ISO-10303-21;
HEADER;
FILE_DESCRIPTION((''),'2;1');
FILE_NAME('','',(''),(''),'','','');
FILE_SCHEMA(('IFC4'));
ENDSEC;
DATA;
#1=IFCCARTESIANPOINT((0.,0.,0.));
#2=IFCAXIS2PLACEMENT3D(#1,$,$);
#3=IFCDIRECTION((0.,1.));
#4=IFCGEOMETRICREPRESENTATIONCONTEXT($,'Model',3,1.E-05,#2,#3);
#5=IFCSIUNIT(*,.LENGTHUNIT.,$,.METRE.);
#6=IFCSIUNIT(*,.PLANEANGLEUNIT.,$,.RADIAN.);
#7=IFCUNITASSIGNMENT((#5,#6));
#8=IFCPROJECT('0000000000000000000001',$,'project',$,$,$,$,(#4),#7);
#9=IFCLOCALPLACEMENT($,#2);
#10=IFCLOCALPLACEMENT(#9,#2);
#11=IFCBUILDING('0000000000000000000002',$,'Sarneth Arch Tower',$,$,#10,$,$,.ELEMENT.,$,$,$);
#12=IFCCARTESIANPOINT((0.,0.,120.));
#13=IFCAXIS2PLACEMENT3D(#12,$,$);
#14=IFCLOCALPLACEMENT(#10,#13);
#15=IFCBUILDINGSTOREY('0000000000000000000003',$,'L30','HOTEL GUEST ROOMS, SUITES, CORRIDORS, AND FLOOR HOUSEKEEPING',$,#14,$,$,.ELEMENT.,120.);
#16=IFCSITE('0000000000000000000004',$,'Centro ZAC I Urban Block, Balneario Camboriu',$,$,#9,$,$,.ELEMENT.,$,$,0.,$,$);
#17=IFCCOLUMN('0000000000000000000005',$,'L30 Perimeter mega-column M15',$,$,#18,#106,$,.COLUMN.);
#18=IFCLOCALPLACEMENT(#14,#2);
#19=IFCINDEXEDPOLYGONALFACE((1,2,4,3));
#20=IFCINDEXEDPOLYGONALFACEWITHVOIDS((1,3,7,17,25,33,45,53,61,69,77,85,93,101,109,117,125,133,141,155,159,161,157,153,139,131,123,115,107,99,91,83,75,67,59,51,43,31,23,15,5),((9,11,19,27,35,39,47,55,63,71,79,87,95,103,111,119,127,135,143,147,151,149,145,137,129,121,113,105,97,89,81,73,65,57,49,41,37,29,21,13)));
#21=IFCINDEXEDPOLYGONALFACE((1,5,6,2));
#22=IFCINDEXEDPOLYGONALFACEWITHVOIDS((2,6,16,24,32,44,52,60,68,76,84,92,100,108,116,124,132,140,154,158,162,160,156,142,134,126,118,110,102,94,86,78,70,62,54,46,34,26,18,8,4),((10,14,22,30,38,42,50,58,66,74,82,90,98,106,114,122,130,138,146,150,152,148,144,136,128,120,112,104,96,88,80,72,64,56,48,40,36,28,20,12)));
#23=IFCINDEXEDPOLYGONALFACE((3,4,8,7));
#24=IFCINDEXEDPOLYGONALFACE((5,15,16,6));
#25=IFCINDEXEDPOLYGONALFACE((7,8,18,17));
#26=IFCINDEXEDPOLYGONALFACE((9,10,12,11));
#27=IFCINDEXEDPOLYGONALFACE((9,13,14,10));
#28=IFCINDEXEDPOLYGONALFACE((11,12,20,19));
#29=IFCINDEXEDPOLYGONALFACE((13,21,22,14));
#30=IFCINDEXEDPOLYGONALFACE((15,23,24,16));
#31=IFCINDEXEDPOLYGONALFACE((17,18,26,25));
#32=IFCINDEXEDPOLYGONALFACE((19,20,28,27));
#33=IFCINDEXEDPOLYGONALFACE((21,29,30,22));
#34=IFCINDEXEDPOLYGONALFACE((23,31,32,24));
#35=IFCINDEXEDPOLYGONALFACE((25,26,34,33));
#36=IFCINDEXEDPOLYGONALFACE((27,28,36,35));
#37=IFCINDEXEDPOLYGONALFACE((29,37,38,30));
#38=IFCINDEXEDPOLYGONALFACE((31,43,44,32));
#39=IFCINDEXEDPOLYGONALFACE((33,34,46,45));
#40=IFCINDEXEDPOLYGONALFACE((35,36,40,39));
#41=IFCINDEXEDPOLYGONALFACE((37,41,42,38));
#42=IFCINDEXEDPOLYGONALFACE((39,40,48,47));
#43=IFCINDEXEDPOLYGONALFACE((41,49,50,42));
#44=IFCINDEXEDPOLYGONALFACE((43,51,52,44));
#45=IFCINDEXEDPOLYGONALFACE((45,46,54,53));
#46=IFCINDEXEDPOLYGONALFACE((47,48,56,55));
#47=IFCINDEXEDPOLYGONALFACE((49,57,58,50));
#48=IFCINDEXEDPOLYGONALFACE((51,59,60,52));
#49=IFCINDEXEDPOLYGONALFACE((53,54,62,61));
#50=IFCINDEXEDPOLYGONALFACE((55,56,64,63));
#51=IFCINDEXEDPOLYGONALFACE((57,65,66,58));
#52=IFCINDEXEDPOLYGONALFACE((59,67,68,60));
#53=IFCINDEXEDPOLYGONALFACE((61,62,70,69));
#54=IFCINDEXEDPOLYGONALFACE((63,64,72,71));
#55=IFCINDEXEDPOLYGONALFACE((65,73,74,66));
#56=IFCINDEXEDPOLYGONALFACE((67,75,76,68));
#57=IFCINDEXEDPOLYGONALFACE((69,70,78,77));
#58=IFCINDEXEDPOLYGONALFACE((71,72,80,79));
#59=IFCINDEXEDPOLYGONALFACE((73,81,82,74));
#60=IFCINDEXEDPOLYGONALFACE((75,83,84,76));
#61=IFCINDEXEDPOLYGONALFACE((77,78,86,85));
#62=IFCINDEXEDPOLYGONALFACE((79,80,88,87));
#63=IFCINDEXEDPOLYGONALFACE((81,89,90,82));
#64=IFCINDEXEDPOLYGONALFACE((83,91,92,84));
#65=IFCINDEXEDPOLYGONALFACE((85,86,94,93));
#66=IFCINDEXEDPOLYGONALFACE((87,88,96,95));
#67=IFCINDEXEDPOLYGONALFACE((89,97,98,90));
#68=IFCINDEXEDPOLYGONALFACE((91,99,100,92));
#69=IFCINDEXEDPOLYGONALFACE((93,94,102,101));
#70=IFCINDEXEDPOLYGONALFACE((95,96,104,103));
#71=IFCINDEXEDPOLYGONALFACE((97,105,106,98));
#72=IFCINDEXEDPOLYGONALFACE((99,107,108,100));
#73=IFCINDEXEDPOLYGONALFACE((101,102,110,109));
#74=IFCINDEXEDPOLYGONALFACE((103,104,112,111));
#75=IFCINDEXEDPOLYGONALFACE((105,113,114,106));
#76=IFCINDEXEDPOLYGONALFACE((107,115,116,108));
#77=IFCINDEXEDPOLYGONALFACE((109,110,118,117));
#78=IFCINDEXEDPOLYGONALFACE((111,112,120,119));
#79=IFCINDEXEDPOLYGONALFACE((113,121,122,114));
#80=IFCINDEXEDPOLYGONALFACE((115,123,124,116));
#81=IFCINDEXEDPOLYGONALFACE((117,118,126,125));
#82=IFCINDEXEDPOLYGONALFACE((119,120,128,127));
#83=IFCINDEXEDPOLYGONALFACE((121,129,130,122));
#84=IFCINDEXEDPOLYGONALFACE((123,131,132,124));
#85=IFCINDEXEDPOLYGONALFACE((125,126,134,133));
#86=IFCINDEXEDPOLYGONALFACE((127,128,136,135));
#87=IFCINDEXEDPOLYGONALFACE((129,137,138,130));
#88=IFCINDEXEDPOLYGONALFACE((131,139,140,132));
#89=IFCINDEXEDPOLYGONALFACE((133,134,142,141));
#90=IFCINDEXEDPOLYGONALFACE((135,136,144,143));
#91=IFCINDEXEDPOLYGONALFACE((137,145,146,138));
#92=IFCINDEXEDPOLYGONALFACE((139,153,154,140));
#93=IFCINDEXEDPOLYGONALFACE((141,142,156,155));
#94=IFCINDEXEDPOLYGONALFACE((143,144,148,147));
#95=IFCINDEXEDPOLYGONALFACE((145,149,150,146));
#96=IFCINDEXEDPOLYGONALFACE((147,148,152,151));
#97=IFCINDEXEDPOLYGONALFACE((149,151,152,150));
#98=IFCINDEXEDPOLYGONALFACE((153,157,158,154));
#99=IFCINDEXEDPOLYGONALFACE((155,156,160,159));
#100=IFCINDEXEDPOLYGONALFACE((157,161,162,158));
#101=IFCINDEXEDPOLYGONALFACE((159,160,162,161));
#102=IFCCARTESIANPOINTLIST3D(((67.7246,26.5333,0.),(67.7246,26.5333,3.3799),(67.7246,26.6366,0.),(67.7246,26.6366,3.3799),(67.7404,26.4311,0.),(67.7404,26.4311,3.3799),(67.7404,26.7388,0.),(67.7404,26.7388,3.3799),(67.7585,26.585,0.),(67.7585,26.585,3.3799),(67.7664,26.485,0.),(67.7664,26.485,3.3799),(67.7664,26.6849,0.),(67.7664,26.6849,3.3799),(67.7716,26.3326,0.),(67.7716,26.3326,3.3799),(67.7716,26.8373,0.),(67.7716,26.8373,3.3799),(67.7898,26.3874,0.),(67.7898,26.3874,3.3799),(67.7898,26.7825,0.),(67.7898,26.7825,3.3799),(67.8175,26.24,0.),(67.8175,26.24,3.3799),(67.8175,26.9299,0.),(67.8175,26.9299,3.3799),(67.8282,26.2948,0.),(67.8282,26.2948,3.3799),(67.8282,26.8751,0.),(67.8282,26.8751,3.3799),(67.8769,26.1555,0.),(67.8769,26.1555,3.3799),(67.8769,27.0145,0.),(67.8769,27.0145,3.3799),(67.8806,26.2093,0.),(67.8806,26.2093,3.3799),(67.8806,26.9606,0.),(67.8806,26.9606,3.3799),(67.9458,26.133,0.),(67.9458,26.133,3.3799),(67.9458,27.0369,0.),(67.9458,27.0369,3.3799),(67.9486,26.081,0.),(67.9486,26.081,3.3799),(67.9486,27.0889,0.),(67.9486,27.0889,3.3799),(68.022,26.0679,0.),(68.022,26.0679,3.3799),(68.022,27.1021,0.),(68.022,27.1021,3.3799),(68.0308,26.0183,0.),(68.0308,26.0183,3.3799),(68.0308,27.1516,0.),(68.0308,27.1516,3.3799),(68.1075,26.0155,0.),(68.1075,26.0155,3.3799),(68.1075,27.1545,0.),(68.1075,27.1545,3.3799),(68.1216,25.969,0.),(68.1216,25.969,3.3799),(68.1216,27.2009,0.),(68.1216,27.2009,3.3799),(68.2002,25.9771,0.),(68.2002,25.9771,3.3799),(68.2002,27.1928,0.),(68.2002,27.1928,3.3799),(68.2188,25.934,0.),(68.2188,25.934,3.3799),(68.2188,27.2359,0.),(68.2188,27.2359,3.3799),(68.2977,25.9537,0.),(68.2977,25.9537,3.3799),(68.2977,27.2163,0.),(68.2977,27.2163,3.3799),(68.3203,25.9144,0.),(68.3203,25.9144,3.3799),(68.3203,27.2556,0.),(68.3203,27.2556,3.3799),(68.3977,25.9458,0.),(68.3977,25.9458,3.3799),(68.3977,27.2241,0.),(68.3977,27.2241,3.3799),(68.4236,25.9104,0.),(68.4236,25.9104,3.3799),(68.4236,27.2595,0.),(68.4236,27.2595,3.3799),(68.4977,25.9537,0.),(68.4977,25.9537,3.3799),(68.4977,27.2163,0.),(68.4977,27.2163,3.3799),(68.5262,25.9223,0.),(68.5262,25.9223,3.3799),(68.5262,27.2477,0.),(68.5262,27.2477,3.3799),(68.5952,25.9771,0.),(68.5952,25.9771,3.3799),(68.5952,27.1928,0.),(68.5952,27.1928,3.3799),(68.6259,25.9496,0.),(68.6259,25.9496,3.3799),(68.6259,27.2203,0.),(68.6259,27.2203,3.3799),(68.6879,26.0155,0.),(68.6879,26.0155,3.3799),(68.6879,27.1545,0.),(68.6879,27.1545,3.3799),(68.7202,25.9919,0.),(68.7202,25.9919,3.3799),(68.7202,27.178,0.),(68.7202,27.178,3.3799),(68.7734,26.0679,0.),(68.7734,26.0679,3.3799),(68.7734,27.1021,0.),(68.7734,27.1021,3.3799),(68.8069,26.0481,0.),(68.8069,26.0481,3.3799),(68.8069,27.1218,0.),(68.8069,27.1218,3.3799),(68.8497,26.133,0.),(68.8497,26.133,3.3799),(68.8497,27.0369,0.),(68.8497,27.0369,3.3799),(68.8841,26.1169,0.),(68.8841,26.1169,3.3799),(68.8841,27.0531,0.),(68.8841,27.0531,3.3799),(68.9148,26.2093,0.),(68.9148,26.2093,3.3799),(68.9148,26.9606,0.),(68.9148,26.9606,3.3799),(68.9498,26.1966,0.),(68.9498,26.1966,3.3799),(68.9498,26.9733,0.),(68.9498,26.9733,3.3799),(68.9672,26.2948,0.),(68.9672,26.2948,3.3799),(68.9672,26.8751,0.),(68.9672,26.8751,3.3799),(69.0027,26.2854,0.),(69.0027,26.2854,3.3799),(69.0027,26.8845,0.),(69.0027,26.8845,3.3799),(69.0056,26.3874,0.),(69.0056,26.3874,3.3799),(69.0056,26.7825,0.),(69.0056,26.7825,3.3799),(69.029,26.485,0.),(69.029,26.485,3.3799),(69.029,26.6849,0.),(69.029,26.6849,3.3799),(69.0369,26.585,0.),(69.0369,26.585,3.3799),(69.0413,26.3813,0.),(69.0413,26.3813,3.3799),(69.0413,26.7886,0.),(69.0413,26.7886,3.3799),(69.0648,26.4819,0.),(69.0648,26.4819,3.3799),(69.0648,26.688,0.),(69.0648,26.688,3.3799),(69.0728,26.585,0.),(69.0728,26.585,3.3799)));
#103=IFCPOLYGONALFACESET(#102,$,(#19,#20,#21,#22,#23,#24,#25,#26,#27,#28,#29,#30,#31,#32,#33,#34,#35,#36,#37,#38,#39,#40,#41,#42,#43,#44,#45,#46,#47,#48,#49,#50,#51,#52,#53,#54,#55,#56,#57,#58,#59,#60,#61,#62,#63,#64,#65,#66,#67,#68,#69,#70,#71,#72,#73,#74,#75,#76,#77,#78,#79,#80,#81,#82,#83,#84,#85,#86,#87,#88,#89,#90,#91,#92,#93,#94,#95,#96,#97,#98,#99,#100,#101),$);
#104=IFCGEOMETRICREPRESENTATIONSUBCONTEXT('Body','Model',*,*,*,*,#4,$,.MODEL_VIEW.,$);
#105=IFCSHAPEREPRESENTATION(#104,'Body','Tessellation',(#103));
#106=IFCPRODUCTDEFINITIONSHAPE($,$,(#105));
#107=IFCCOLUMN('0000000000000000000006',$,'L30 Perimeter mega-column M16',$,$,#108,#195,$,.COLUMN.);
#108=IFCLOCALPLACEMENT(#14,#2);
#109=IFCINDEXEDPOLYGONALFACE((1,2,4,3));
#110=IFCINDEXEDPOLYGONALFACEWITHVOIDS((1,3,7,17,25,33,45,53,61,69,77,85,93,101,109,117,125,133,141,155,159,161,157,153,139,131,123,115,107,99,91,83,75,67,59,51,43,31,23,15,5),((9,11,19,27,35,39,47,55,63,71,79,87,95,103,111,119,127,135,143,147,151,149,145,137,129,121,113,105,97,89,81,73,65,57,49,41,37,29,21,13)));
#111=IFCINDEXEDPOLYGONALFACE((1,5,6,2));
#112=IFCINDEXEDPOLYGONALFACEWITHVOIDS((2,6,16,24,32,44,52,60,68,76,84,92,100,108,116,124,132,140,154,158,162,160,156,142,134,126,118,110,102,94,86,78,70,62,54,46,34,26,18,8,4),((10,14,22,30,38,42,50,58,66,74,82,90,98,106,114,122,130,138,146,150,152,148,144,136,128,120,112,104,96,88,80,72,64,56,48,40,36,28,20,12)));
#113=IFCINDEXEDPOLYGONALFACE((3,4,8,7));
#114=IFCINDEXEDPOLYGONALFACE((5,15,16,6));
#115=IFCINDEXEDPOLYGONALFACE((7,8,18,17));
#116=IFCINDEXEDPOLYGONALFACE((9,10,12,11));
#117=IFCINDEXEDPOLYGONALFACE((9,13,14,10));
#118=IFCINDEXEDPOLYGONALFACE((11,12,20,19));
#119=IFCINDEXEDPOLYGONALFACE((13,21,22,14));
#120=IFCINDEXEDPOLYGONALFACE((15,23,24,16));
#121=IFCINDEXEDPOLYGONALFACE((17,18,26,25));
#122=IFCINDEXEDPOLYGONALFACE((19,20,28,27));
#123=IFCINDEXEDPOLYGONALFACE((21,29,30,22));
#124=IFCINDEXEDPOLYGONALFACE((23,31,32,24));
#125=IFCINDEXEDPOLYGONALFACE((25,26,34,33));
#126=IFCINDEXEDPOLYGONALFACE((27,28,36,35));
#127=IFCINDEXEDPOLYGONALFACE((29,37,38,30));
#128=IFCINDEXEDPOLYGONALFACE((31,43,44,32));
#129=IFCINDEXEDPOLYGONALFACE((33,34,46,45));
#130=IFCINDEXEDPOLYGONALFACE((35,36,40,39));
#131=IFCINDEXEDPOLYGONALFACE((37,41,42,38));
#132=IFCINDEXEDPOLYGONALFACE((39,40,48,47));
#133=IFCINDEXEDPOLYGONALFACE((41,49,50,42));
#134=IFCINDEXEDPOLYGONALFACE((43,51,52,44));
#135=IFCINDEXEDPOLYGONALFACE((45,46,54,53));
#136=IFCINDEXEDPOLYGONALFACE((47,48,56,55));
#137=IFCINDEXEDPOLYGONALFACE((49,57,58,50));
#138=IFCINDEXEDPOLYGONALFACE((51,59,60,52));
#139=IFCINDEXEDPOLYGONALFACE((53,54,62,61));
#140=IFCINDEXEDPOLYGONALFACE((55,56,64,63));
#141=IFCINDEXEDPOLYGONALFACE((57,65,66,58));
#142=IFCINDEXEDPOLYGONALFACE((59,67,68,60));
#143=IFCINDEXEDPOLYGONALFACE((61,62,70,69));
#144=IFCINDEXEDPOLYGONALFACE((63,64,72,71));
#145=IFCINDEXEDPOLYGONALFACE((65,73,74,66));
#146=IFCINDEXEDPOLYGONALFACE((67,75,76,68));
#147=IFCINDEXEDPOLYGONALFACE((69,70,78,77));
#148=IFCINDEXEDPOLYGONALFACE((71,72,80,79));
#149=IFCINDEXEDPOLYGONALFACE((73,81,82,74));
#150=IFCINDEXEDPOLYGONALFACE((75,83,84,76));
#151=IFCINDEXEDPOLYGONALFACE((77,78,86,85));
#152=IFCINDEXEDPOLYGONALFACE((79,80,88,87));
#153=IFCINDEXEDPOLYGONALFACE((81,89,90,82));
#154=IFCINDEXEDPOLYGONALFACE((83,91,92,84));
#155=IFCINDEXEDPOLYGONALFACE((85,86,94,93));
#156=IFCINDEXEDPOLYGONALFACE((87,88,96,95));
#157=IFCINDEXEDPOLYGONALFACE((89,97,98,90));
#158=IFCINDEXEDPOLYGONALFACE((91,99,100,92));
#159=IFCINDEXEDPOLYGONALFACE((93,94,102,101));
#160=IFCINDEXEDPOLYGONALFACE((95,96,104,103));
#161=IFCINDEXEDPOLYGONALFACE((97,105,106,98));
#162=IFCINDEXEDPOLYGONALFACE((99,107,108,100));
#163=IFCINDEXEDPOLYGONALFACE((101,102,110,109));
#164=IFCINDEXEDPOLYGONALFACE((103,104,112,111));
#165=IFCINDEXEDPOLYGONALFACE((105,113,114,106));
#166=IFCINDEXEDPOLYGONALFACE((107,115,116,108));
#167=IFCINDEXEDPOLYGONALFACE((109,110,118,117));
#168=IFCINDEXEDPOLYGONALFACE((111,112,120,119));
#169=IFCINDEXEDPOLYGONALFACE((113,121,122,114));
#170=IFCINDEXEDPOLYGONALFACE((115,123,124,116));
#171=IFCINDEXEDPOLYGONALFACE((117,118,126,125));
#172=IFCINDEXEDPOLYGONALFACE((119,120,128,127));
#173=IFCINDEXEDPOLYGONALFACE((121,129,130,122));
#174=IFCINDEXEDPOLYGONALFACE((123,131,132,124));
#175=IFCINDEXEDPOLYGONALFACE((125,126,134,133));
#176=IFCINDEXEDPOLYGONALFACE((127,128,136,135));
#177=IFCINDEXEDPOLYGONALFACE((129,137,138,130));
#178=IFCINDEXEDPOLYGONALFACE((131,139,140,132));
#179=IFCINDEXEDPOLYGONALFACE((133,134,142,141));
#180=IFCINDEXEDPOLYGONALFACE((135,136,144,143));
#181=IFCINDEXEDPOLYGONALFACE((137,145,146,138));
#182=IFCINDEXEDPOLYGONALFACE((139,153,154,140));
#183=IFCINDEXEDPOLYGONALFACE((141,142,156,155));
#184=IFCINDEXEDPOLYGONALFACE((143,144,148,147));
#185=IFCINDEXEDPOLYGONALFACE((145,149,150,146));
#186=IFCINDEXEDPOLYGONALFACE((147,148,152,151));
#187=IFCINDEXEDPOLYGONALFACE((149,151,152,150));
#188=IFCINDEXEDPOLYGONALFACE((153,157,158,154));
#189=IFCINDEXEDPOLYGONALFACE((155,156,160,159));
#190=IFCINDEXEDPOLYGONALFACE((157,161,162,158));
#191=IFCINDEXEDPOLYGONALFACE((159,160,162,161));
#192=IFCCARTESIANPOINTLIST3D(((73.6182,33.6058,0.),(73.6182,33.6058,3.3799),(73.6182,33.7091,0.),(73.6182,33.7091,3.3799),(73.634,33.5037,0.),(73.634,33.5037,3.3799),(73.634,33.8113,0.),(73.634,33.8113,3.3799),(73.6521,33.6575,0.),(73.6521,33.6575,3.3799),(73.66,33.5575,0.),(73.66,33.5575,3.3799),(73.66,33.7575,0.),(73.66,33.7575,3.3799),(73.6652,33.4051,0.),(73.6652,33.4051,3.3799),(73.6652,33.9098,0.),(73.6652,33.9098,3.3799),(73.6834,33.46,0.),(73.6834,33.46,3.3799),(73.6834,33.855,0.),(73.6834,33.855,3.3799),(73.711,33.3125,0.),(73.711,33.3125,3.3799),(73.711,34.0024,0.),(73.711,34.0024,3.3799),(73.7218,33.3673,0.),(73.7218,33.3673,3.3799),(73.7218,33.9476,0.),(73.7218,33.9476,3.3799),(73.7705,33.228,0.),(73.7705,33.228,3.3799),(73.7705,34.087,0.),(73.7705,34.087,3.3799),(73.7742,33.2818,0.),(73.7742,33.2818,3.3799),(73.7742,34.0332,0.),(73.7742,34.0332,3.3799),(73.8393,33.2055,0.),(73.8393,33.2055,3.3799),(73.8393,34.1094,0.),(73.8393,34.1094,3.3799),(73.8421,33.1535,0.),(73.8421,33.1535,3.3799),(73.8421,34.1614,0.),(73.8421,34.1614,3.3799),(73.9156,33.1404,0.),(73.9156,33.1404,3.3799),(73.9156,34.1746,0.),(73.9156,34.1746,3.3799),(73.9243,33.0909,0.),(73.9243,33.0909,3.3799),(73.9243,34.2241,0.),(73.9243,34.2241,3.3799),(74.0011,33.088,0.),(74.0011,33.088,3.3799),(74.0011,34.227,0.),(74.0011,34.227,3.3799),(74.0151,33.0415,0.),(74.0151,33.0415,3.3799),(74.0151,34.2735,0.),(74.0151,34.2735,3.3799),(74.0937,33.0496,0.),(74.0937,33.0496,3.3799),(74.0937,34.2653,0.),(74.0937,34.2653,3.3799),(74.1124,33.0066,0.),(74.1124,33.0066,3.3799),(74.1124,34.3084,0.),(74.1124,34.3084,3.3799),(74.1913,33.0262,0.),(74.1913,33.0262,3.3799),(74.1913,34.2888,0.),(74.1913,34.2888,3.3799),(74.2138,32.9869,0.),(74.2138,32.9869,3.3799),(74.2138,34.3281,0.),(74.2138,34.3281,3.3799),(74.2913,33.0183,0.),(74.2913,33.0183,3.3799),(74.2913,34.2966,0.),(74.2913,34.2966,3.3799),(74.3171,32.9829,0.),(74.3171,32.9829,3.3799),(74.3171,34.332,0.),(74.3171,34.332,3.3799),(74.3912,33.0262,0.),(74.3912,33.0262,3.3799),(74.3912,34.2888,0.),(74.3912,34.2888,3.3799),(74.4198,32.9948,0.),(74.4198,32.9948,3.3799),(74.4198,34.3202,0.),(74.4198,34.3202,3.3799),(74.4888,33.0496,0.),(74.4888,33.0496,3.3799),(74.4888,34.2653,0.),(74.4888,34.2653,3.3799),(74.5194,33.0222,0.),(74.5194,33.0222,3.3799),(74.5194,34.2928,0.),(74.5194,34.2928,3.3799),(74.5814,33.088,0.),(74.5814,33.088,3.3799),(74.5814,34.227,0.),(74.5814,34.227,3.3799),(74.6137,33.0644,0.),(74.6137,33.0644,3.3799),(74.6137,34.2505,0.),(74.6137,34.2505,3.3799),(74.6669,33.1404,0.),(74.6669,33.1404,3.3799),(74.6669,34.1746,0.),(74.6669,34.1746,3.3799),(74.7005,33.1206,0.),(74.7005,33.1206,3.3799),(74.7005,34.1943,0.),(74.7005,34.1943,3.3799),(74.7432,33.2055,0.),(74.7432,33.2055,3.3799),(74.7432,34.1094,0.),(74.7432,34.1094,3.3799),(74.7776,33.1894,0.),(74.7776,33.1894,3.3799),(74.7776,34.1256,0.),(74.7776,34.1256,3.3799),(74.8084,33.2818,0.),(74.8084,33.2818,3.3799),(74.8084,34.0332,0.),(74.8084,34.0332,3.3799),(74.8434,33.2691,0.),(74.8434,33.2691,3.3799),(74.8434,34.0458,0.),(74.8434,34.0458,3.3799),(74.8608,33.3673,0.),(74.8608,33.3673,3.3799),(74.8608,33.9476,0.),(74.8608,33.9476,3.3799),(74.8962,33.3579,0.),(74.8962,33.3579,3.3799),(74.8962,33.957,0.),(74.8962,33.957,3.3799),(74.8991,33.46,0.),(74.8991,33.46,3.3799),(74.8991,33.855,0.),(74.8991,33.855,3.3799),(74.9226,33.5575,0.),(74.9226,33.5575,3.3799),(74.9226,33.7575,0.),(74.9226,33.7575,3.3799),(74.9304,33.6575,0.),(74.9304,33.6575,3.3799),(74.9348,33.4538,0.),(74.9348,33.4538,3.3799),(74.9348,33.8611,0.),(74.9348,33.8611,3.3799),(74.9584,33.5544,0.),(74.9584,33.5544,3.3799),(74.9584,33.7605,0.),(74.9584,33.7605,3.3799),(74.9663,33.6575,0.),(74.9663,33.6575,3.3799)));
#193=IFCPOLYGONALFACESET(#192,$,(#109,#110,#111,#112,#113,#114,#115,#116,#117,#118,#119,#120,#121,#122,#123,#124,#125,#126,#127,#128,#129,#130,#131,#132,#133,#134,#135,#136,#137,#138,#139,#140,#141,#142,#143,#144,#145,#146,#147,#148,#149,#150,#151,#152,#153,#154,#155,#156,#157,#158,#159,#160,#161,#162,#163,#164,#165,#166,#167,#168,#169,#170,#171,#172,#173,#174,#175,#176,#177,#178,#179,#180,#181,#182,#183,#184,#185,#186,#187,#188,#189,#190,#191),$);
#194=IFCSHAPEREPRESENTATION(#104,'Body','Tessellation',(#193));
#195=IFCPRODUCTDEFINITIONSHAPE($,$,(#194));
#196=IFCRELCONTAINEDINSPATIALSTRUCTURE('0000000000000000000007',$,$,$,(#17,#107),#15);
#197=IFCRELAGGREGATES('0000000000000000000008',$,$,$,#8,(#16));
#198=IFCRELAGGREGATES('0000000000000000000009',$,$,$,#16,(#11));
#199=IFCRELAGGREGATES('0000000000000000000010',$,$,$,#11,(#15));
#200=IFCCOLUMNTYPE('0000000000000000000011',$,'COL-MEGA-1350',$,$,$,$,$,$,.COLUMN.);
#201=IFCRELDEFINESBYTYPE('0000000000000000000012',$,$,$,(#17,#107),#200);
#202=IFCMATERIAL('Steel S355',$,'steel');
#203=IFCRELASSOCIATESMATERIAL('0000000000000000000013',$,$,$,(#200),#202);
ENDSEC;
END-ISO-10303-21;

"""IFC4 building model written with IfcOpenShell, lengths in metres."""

from ifc_helpers import new_model, si_unit, direction, frame, origin, origin_2d, place, context, subcontext, project, spatial, hollow_circle, extrude, material, material_profile, profile_set, type_object, element, save


model = new_model("IFC4")

# Units and contexts
model_context = context("Model", 3, precision=1e-05, world=origin(), true_north=direction((0.0, 1.0)))
body_context = subcontext(model_context, "Body", "Model", "MODEL_VIEW")
ifc_project = project(units=[si_unit("LENGTHUNIT", "METRE"), si_unit("PLANEANGLEUNIT", "RADIAN")], contexts=[model_context])

# Site, building, storey
site_placement = place(None, origin())
site = spatial("IfcSite", under=ifc_project, at=site_placement, Name="Centro ZAC I Urban Block, Balneario Camboriu", CompositionType="ELEMENT", RefElevation=0.0)
building_placement = place(site_placement, origin())
building = spatial("IfcBuilding", under=site, at=building_placement, Name="Sarneth Arch Tower", CompositionType="ELEMENT")
storey_placement = place(building_placement, frame((0.0, 0.0, 120.0)))
storey = spatial("IfcBuildingStorey", under=building, at=storey_placement, Name="L30", Description="HOTEL GUEST ROOMS, SUITES, CORRIDORS, AND FLOOR HOUSEKEEPING", CompositionType="ELEMENT", Elevation=120.0)

# Columns
ifc_material_1 = material(Name="Steel S355", Category="steel")
ifc_material_profile_1 = material_profile(ifc_material_1, hollow_circle(Radius=0.675, WallThickness=0.0359, at=origin_2d()), Name="CHS1350x36")
ifc_profile_set_1 = profile_set([ifc_material_profile_1], Name="Steel S355")
column_type = type_object("IfcColumnType", Name="COL-MEGA-1350", PredefinedType="COLUMN", material=ifc_profile_set_1)
for number, where, z_axis, x_axis, name in (
    (1, (68.3977, 26.585, 0.0), (0.0, 0.0, 1.0), (1.0, 0.0, 0.0), "L30 Perimeter mega-column M15"),
    (2, (74.2913, 33.6575, 0.0), (0.0, 0.0, 1.0), (1.0, 0.0, 0.0), "L30 Perimeter mega-column M16"),
):
    element("IfcColumn", number, at=place(storey_placement, frame(where, z_axis=z_axis, x_axis=x_axis)), inside=storey, type_object=column_type, Name=name, PredefinedType="COLUMN", context=body_context, shape_type="SweptSolid", body=[
        extrude(hollow_circle(Radius=0.675, WallThickness=0.0359, at=origin_2d()), origin(), (0.0, 0.0, 1.0), 3.3799),
    ])

save(model, "model.ifc")
